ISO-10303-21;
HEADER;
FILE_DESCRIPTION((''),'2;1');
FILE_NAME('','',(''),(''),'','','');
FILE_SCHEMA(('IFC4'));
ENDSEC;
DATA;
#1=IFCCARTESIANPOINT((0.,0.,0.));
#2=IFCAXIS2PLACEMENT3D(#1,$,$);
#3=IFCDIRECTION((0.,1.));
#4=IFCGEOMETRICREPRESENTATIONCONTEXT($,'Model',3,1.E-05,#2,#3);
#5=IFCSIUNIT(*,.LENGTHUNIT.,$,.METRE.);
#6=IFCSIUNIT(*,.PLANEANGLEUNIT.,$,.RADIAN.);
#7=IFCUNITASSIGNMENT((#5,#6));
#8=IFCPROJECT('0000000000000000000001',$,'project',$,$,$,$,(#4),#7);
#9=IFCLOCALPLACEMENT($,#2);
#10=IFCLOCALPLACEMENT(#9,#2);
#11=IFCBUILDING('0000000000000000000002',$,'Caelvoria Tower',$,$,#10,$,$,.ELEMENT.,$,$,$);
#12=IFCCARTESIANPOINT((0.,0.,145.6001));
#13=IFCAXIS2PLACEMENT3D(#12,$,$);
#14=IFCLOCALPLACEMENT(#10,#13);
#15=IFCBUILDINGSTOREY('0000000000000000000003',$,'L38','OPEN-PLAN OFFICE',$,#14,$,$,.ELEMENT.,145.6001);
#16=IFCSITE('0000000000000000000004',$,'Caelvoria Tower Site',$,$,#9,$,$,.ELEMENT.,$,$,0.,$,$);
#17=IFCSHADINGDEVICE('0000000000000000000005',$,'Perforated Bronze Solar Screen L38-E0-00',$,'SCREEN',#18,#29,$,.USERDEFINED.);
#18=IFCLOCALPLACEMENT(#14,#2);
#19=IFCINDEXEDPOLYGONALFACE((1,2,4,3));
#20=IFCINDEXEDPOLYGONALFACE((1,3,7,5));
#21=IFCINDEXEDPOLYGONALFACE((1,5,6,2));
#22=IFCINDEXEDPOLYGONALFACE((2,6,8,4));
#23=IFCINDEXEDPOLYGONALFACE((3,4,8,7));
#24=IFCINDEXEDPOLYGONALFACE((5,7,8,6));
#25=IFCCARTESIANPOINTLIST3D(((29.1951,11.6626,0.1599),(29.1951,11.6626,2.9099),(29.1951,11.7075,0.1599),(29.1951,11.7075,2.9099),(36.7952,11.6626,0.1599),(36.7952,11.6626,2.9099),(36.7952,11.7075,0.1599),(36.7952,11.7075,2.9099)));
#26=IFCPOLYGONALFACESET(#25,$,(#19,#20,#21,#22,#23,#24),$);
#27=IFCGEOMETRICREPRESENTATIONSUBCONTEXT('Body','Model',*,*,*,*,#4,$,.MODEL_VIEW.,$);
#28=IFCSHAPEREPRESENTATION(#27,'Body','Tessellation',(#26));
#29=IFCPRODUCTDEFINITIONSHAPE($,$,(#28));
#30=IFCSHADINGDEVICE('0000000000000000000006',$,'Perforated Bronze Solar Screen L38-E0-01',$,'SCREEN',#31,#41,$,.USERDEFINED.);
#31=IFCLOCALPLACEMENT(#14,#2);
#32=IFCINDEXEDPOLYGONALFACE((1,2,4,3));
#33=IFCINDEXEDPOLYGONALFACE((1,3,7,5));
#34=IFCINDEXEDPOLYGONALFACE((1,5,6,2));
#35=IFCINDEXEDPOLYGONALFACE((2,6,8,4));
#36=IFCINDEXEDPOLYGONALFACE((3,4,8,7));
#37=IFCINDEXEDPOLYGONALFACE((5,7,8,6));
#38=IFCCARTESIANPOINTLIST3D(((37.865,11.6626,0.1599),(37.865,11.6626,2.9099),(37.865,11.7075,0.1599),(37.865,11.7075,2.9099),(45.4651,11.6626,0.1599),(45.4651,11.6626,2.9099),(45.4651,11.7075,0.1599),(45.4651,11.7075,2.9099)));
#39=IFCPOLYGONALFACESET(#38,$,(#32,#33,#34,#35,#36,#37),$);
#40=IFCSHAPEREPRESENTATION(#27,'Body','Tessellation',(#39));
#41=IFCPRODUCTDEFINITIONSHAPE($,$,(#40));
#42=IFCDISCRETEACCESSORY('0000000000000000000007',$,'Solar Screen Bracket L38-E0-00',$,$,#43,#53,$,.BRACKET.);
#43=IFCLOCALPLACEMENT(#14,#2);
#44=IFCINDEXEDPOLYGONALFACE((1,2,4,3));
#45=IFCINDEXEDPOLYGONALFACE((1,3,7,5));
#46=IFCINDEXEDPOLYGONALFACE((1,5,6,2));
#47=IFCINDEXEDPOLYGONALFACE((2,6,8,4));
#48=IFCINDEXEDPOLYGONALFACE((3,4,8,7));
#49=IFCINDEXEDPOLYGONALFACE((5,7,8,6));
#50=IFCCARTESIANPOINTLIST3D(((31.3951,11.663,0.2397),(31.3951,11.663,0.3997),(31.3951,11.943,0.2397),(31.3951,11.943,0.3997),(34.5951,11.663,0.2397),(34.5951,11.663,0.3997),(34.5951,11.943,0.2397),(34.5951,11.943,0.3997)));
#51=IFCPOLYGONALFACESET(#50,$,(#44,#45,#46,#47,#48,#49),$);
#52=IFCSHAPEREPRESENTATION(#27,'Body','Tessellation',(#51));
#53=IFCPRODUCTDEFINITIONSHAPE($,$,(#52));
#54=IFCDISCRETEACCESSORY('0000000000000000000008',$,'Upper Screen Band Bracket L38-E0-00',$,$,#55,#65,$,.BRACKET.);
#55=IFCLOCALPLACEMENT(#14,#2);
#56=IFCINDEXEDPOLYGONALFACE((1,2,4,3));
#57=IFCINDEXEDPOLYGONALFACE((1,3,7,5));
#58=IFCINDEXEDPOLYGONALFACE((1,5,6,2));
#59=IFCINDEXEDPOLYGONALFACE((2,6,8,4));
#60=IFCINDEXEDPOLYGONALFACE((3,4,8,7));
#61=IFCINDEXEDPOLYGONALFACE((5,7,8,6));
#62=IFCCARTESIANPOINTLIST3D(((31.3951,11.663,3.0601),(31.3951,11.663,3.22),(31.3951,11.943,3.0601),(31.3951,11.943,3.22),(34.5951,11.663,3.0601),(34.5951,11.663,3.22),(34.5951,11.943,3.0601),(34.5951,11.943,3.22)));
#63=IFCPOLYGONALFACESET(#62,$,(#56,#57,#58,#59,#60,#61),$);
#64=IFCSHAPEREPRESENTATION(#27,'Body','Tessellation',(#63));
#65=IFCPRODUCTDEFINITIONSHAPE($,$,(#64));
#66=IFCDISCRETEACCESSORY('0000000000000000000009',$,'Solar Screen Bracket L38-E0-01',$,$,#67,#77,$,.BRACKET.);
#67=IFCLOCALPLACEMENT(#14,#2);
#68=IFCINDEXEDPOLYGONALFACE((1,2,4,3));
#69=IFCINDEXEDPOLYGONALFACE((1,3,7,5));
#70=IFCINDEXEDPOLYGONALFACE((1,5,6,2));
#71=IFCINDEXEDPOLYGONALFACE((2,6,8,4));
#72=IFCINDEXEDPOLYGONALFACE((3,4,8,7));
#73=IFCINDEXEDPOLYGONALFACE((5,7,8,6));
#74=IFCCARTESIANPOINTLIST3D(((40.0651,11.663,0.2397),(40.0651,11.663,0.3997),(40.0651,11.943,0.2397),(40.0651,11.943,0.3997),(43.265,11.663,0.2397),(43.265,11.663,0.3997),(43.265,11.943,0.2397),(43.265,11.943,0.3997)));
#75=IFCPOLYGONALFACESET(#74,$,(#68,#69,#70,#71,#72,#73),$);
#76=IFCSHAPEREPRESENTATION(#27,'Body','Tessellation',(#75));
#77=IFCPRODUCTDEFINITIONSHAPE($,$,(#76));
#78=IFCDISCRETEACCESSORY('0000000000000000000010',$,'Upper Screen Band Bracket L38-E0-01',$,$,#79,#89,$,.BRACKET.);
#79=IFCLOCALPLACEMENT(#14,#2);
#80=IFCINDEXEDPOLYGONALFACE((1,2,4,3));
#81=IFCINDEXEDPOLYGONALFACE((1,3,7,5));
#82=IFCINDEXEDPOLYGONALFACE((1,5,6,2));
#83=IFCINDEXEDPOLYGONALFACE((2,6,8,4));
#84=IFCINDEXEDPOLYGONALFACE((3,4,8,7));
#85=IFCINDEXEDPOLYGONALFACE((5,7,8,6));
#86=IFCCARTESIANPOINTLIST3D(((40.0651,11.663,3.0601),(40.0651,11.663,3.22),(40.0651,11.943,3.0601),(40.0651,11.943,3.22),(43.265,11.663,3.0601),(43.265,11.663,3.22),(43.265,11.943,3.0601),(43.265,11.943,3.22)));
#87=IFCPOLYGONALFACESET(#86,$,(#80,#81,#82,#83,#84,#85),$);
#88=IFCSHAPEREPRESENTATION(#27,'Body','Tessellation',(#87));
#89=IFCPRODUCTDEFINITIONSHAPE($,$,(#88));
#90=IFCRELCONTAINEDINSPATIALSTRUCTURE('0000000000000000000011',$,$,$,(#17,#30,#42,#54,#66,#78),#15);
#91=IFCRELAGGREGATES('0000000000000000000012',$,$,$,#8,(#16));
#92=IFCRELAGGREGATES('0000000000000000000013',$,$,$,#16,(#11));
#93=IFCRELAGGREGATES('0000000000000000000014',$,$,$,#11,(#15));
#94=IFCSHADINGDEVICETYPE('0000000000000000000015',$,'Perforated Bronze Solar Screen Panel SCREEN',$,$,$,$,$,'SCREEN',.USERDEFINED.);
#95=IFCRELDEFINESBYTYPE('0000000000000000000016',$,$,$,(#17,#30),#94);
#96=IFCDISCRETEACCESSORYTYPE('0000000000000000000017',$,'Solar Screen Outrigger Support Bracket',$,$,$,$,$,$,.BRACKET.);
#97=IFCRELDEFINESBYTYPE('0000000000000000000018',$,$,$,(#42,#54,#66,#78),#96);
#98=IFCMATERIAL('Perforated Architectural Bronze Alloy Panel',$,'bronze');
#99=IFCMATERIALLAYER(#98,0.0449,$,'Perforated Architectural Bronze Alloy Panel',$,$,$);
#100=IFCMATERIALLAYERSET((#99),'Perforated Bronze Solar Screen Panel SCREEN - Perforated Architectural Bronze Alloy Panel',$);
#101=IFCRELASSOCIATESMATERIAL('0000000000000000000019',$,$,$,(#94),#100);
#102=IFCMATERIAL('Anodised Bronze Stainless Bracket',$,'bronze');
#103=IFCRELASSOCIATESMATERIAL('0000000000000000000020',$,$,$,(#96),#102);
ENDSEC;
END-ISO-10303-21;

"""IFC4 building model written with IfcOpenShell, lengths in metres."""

from ifc_helpers import new_model, si_unit, direction, frame, origin, origin_2d, place, context, subcontext, project, spatial, rectangle, extrude, material, layer, layer_set, type_object, element, save


model = new_model("IFC4")

# Units and contexts
model_context = context("Model", 3, precision=1e-05, world=origin(), true_north=direction((0.0, 1.0)))
body_context = subcontext(model_context, "Body", "Model", "MODEL_VIEW")
ifc_project = project(units=[si_unit("LENGTHUNIT", "METRE"), si_unit("PLANEANGLEUNIT", "RADIAN")], contexts=[model_context])

# Site, building, storey
site_placement = place(None, origin())
site = spatial("IfcSite", under=ifc_project, at=site_placement, Name="Caelvoria Tower Site", CompositionType="ELEMENT", RefElevation=0.0)
building_placement = place(site_placement, origin())
building = spatial("IfcBuilding", under=site, at=building_placement, Name="Caelvoria Tower", CompositionType="ELEMENT")
storey_placement = place(building_placement, frame((0.0, 0.0, 145.6001)))
storey = spatial("IfcBuildingStorey", under=building, at=storey_placement, Name="L38", Description="OPEN-PLAN OFFICE", CompositionType="ELEMENT", Elevation=145.6001)

# Shading devices
ifc_material_1 = material(Name="Perforated Architectural Bronze Alloy Panel", Category="bronze")
ifc_layer_1 = layer(ifc_material_1, 0.0449, Name="Perforated Architectural Bronze Alloy Panel")
ifc_layer_set_1 = layer_set([ifc_layer_1], Name="Perforated Bronze Solar Screen Panel SCREEN - Perforated Architectural Bronze Alloy Panel")
shading_device_type = type_object("IfcShadingDeviceType", Name="Perforated Bronze Solar Screen Panel SCREEN", ElementType="SCREEN", PredefinedType="USERDEFINED", material=ifc_layer_set_1)
for number, where, z_axis, x_axis, name in (
    (1, (32.9951, 11.6851, 0.1599), (0.0, 0.0, 1.0), (1.0, 0.0, 0.0), "Perforated Bronze Solar Screen L38-E0-00"),
    (2, (41.665, 11.6851, 0.1599), (0.0, 0.0, 1.0), (1.0, 0.0, 0.0), "Perforated Bronze Solar Screen L38-E0-01"),
):
    element("IfcShadingDevice", number, at=place(storey_placement, frame(where, z_axis=z_axis, x_axis=x_axis)), inside=storey, type_object=shading_device_type, Name=name, ObjectType="SCREEN", PredefinedType="USERDEFINED", context=body_context, shape_type="SweptSolid", body=[
        extrude(rectangle(XDim=7.6001, YDim=0.0449, at=origin_2d()), origin(), (0.0, 0.0, 1.0), 2.75),
    ])

# Discrete accessories
ifc_material_2 = material(Name="Anodised Bronze Stainless Bracket", Category="bronze")
discrete_accessory_type = type_object("IfcDiscreteAccessoryType", Name="Solar Screen Outrigger Support Bracket", PredefinedType="BRACKET", material=ifc_material_2)
for number, where, z_axis, x_axis, name in (
    (3, (32.9951, 11.803, 0.2397), (0.0, 0.0, 1.0), (1.0, 0.0, 0.0), "Solar Screen Bracket L38-E0-00"),
    (4, (32.9951, 11.803, 3.0601), (0.0, 0.0, 1.0), (1.0, 0.0, 0.0), "Upper Screen Band Bracket L38-E0-00"),
    (5, (41.665, 11.803, 0.2397), (0.0, 0.0, 1.0), (1.0, 0.0, 0.0), "Solar Screen Bracket L38-E0-01"),
    (6, (41.665, 11.803, 3.0601), (0.0, 0.0, 1.0), (1.0, 0.0, 0.0), "Upper Screen Band Bracket L38-E0-01"),
):
    element("IfcDiscreteAccessory", number, at=place(storey_placement, frame(where, z_axis=z_axis, x_axis=x_axis)), inside=storey, type_object=discrete_accessory_type, Name=name, PredefinedType="BRACKET", context=body_context, shape_type="SweptSolid", body=[
        extrude(rectangle(XDim=3.2, YDim=0.28, at=origin_2d()), origin(), (0.0, 0.0, 1.0), 0.1599),
    ])

save(model, "model.ifc")
